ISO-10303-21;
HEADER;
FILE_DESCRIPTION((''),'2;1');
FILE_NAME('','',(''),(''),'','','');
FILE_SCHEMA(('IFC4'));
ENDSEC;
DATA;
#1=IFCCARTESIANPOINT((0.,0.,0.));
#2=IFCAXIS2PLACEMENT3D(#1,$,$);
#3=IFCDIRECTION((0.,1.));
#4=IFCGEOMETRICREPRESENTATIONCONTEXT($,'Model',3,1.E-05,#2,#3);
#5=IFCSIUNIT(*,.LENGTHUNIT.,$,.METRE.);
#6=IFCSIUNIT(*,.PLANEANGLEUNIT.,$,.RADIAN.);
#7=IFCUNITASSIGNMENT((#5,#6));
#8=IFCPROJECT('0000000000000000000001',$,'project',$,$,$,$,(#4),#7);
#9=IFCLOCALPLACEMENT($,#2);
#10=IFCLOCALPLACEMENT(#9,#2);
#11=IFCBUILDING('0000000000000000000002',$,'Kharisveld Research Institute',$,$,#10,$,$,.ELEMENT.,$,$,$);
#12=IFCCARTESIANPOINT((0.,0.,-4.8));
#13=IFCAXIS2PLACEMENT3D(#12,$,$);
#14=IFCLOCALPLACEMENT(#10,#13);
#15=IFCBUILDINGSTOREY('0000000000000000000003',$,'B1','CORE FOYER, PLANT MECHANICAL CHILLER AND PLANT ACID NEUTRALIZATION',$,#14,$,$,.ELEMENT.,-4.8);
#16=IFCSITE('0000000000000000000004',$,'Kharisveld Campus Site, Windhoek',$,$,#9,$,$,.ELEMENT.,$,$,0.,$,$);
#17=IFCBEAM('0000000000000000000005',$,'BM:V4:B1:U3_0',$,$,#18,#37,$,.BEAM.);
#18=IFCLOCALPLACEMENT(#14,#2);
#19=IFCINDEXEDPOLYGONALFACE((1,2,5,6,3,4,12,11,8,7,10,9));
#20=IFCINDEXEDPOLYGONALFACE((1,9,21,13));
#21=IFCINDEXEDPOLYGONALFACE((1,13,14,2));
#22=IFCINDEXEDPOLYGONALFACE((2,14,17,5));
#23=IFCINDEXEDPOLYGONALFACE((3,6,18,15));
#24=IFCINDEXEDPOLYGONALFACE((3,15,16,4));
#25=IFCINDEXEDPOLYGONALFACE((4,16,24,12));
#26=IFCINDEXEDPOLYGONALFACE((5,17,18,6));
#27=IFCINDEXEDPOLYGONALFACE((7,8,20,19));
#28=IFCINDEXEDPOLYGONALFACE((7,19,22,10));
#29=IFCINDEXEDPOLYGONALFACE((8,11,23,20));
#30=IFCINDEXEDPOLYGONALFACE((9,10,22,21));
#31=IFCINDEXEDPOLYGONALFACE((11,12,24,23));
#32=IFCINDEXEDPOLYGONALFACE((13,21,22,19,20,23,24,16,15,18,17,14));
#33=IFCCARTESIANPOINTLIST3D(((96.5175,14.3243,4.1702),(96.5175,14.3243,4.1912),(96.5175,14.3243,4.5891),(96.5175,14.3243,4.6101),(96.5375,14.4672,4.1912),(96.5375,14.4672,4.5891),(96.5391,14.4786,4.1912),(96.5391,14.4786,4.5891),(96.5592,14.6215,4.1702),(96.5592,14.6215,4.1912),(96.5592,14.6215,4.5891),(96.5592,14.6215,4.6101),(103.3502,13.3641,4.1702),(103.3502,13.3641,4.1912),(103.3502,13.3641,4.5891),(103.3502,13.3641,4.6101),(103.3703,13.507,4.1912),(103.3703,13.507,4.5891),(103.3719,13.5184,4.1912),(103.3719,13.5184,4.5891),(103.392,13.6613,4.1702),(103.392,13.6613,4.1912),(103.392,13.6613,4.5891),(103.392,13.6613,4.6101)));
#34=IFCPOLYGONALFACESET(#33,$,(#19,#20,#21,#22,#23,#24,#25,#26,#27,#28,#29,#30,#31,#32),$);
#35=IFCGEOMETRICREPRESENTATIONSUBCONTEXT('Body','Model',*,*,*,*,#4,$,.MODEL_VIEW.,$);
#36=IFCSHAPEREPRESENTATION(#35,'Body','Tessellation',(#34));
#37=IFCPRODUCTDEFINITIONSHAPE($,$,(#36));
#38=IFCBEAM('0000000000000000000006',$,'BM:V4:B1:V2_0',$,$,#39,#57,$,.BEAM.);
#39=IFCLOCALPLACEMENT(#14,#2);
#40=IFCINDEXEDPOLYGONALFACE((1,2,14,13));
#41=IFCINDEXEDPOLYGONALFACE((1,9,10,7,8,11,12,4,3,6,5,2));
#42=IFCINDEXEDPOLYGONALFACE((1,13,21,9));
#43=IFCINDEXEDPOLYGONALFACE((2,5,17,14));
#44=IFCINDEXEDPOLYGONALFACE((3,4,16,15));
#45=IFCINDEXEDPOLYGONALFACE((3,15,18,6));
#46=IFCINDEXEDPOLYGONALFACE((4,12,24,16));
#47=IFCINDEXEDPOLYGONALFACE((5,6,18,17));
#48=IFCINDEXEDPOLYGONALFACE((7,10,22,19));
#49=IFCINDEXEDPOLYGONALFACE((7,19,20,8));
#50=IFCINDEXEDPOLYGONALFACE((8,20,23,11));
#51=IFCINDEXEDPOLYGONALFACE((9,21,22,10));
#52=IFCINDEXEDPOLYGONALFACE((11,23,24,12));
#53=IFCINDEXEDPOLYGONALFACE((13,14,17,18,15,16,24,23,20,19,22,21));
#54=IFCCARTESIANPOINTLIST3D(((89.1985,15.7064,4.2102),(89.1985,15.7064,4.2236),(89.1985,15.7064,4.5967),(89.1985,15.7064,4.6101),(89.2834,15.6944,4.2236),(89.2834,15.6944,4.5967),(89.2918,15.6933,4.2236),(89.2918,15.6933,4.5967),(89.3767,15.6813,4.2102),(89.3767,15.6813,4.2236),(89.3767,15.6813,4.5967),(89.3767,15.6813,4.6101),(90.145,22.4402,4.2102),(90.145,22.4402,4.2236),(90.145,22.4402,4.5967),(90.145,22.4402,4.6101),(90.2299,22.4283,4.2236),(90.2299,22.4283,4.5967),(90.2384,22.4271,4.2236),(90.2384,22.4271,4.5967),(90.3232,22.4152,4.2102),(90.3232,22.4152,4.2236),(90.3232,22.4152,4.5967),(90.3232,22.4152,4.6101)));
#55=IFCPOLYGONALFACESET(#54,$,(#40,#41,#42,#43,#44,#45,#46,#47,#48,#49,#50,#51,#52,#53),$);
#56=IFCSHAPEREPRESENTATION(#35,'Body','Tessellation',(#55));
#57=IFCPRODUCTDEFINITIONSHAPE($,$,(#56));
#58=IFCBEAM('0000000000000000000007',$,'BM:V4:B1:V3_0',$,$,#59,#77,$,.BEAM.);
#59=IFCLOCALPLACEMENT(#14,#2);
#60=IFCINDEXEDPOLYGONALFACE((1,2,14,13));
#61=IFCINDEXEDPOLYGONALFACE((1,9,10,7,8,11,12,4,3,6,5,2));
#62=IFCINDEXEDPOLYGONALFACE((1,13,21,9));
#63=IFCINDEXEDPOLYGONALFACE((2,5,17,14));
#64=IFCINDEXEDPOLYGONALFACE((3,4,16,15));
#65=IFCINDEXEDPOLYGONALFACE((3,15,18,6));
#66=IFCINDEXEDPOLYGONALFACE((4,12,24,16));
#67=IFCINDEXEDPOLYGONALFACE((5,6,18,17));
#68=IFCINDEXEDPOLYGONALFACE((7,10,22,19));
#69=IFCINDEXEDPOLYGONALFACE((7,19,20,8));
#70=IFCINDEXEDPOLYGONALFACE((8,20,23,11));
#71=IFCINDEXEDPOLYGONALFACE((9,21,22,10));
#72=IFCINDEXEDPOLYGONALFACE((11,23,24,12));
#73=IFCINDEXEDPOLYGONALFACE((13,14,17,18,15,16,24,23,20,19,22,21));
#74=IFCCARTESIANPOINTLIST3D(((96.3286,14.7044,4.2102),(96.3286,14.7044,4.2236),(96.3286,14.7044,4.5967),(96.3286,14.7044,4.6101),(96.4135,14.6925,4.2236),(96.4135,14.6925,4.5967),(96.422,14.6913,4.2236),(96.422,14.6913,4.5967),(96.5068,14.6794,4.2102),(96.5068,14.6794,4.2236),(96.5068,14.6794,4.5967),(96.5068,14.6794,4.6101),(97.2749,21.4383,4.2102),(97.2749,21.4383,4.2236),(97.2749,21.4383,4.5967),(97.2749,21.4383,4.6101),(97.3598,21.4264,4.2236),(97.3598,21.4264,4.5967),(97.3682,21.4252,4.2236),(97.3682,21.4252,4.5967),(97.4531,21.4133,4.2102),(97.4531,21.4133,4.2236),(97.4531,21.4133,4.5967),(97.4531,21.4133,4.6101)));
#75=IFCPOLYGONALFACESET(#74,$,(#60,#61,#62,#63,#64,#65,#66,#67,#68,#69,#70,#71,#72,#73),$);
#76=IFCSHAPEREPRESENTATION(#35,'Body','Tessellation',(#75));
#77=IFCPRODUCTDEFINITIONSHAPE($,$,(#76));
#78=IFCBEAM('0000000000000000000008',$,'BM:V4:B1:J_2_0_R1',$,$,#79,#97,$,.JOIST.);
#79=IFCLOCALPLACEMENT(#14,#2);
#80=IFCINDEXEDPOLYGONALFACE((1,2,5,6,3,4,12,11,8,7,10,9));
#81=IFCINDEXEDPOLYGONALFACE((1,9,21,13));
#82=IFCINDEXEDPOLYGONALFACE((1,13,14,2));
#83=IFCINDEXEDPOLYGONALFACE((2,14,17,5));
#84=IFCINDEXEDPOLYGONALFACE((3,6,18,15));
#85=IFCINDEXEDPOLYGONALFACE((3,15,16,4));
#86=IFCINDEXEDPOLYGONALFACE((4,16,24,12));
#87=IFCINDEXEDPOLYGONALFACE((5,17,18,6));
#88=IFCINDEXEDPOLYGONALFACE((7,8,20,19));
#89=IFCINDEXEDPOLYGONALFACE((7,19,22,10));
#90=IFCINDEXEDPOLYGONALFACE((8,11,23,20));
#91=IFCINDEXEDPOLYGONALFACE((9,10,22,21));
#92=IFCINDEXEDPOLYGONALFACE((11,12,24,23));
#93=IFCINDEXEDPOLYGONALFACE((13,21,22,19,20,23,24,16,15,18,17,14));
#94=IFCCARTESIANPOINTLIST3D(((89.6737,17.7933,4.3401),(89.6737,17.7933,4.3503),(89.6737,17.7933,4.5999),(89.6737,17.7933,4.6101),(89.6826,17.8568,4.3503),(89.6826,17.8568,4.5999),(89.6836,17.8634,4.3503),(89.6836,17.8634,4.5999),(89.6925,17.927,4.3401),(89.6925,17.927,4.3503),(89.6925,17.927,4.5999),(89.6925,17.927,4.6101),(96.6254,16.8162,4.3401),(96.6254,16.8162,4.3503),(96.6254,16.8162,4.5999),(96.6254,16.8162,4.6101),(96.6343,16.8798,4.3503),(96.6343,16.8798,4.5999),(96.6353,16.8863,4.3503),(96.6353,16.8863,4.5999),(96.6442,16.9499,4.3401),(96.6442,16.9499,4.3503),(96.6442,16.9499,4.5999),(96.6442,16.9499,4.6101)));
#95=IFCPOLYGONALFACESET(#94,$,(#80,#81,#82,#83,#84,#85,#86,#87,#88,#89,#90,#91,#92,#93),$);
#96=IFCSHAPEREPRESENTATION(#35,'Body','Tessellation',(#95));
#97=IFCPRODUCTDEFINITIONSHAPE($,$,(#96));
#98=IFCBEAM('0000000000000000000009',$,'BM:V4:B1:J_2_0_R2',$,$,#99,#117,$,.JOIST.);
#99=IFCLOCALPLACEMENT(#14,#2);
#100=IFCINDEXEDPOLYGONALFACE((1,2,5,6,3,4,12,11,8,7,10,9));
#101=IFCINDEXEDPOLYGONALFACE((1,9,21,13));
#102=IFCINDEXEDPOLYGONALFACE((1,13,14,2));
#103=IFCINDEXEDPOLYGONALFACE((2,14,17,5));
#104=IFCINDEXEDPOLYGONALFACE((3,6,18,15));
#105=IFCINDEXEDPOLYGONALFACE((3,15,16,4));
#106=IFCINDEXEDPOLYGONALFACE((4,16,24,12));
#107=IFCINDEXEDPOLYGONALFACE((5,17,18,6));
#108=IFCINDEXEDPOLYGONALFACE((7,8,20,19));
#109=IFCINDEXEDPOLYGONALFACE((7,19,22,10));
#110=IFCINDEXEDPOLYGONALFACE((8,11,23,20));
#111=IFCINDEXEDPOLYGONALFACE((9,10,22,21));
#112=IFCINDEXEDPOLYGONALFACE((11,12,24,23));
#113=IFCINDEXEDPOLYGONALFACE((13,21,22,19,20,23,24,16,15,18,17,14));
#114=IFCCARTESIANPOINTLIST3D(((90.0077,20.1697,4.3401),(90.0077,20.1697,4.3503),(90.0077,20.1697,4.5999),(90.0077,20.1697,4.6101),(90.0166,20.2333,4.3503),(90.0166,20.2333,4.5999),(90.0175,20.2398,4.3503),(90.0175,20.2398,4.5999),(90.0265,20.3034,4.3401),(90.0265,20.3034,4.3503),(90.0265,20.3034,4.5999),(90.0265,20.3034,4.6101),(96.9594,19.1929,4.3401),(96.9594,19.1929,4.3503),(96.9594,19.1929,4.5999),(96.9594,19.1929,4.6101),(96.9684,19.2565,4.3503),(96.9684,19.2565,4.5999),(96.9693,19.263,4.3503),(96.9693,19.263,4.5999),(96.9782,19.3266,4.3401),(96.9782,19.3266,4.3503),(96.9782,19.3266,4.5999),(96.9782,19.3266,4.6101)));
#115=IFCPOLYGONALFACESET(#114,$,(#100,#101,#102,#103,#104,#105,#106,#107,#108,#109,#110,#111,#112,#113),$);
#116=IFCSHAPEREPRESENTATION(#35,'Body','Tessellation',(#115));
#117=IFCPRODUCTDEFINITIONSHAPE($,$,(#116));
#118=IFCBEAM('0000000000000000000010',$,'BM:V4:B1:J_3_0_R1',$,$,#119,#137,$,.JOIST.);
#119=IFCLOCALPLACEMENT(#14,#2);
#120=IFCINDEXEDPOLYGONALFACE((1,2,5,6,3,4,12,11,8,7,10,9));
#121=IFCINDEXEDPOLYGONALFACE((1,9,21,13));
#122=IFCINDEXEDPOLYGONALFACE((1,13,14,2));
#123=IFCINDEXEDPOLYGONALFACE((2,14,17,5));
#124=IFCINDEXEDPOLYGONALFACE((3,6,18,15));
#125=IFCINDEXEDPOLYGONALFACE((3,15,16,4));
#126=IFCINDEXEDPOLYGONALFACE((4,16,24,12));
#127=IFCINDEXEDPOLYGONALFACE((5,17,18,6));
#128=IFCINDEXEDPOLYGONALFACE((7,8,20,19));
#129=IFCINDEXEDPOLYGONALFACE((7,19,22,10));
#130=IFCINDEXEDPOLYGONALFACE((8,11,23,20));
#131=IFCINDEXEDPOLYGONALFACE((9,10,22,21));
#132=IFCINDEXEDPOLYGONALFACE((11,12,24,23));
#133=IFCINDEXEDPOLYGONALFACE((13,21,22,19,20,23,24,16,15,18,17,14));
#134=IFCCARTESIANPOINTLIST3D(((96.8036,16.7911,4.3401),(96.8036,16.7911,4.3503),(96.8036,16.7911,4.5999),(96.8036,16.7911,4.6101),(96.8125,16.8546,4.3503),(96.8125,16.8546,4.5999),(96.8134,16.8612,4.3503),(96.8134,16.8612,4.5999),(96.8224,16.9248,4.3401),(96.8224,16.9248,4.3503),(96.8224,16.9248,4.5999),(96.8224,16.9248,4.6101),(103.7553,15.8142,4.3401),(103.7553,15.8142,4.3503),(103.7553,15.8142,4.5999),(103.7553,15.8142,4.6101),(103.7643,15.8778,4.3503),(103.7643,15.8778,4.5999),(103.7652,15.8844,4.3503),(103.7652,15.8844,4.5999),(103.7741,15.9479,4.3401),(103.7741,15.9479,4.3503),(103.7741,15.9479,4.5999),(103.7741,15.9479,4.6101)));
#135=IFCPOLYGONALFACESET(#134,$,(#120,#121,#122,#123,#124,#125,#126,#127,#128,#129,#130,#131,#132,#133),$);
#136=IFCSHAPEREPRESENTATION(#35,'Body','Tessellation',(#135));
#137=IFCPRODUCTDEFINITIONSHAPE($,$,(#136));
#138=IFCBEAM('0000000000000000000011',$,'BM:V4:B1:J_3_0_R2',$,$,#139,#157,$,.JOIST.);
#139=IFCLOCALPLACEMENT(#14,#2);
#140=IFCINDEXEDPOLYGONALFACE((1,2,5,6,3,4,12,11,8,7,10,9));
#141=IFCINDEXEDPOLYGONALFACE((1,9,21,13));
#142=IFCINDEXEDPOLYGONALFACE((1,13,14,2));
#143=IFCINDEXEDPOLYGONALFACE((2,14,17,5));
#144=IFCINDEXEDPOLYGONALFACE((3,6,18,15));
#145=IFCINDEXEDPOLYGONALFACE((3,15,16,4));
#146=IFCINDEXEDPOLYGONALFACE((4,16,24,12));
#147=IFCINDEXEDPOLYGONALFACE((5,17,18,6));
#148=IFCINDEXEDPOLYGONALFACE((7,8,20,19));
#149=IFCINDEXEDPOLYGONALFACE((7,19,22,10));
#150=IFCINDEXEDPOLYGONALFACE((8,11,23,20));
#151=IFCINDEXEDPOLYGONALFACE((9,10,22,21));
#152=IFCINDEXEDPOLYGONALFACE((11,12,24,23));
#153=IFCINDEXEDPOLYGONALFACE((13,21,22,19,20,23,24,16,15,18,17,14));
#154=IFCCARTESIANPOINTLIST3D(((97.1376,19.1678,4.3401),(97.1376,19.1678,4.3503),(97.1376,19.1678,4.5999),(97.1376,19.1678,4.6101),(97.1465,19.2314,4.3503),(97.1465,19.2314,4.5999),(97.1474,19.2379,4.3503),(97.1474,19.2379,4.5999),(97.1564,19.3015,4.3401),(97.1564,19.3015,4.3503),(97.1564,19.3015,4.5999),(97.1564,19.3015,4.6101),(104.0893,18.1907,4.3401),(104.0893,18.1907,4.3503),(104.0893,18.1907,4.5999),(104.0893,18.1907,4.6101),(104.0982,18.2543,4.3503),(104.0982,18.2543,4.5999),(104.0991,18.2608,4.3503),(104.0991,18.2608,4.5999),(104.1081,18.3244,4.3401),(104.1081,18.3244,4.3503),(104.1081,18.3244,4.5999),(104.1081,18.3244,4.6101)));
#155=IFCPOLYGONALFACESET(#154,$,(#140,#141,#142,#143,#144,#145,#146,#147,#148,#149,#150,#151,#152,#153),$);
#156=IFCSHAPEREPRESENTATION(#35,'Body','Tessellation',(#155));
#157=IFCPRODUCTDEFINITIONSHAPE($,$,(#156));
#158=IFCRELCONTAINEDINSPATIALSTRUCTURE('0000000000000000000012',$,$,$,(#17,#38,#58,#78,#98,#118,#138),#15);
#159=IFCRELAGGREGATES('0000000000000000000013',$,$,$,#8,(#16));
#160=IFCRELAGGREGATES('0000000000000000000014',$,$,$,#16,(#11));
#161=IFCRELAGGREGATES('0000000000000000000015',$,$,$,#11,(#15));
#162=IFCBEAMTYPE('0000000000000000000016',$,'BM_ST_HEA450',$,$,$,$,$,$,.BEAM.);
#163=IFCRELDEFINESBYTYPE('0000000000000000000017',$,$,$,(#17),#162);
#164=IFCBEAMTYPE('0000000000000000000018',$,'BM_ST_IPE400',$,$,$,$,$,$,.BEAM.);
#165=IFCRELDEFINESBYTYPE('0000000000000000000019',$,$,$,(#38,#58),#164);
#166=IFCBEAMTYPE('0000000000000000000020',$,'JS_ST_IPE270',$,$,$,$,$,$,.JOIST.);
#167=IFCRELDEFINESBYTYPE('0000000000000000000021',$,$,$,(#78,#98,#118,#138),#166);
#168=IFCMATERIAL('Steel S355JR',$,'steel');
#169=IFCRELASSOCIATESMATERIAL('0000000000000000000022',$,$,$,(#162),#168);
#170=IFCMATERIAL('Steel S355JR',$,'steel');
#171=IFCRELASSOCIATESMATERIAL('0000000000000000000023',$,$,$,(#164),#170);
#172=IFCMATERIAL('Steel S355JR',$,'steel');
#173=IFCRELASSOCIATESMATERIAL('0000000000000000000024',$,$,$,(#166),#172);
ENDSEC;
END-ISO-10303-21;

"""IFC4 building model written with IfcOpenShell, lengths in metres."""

from ifc_helpers import new_model, si_unit, direction, frame, origin, origin_2d, place, context, subcontext, project, spatial, i_section, extrude, material, material_profile, profile_set, type_object, element, save


model = new_model("IFC4")

# Units and contexts
model_context = context("Model", 3, precision=1e-05, world=origin(), true_north=direction((0.0, 1.0)))
body_context = subcontext(model_context, "Body", "Model", "MODEL_VIEW")
ifc_project = project(units=[si_unit("LENGTHUNIT", "METRE"), si_unit("PLANEANGLEUNIT", "RADIAN")], contexts=[model_context])

# Site, building, storey
site_placement = place(None, origin())
site = spatial("IfcSite", under=ifc_project, at=site_placement, Name="Kharisveld Campus Site, Windhoek", CompositionType="ELEMENT", RefElevation=0.0)
building_placement = place(site_placement, origin())
building = spatial("IfcBuilding", under=site, at=building_placement, Name="Kharisveld Research Institute", CompositionType="ELEMENT")
storey_placement = place(building_placement, frame((0.0, 0.0, -4.8)))
storey = spatial("IfcBuildingStorey", under=building, at=storey_placement, Name="B1", Description="CORE FOYER, PLANT MECHANICAL CHILLER AND PLANT ACID NEUTRALIZATION", CompositionType="ELEMENT", Elevation=-4.8)

# Beams
ifc_material_1 = material(Name="Steel S355JR", Category="steel")
ifc_material_profile_1 = material_profile(ifc_material_1, i_section(OverallWidth=0.3, OverallDepth=0.4399, WebThickness=0.0115, FlangeThickness=0.021, at=origin_2d()))
ifc_profile_set_1 = profile_set([ifc_material_profile_1], Name="Steel S355JR")
beam_type_1 = type_object("IfcBeamType", Name="BM_ST_HEA450", PredefinedType="BEAM", material=ifc_profile_set_1)
for number, where, z_axis, x_axis, name in (
    (1, (96.5383, 14.4729, 4.3901), (0.99027, -0.139162, 0.0), (0.139162, 0.99027, 0.0), "BM:V4:B1:U3_0"),
):
    element("IfcBeam", number, at=place(storey_placement, frame(where, z_axis=z_axis, x_axis=x_axis)), inside=storey, type_object=beam_type_1, Name=name, PredefinedType="BEAM", context=body_context, shape_type="SweptSolid", body=[
        extrude(i_section(OverallWidth=0.3, OverallDepth=0.4399, WebThickness=0.0115, FlangeThickness=0.021, at=origin_2d()), origin(), (0.0, 0.0, 1.0), 6.8999),
    ])
ifc_material_2 = material(Name="Steel S355JR", Category="steel")
ifc_material_profile_2 = material_profile(ifc_material_2, i_section(OverallWidth=0.1799, OverallDepth=0.3999, WebThickness=0.0085, FlangeThickness=0.0134, at=origin_2d()))
ifc_profile_set_2 = profile_set([ifc_material_profile_2], Name="Steel S355JR")
beam_type_2 = type_object("IfcBeamType", Name="BM_ST_IPE400", PredefinedType="BEAM", material=ifc_profile_set_2)
for number, where, z_axis, x_axis, name in (
    (2, (89.2876, 15.6938, 4.4102), (0.139194, 0.990265, 0.0), (-0.990265, 0.139194, 0.0), "BM:V4:B1:V2_0"),
    (3, (96.4177, 14.6919, 4.4102), (0.139159, 0.99027, 0.0), (-0.99027, 0.139159, 0.0), "BM:V4:B1:V3_0"),
):
    element("IfcBeam", number, at=place(storey_placement, frame(where, z_axis=z_axis, x_axis=x_axis)), inside=storey, type_object=beam_type_2, Name=name, PredefinedType="BEAM", context=body_context, shape_type="SweptSolid", body=[
        extrude(i_section(OverallWidth=0.1799, OverallDepth=0.3999, WebThickness=0.0085, FlangeThickness=0.0134, at=origin_2d()), origin(), (0.0, 0.0, 1.0), 6.8),
    ])
ifc_material_3 = material(Name="Steel S355JR", Category="steel")
ifc_material_profile_3 = material_profile(ifc_material_3, i_section(OverallWidth=0.135, OverallDepth=0.27, WebThickness=0.0066, FlangeThickness=0.0103, at=origin_2d()))
ifc_profile_set_3 = profile_set([ifc_material_profile_3], Name="Steel S355JR")
beam_type_3 = type_object("IfcBeamType", Name="JS_ST_IPE270", PredefinedType="JOIST", material=ifc_profile_set_3)
for number, where, z_axis, x_axis, name in (
    (4, (89.6831, 17.8601, 4.4751), (0.990267, -0.139181, 0.0), (0.139181, 0.990267, 0.0), "BM:V4:B1:J_2_0_R1"),
    (5, (90.0171, 20.2366, 4.4751), (0.990272, -0.139147, 0.0), (0.139147, 0.990272, 0.0), "BM:V4:B1:J_2_0_R2"),
    (6, (96.813, 16.8579, 4.4751), (0.990272, -0.139147, 0.0), (0.139147, 0.990272, 0.0), "BM:V4:B1:J_3_0_R1"),
    (7, (97.147, 19.2346, 4.4751), (0.990267, -0.139181, 0.0), (0.139181, 0.990267, 0.0), "BM:V4:B1:J_3_0_R2"),
):
    element("IfcBeam", number, at=place(storey_placement, frame(where, z_axis=z_axis, x_axis=x_axis)), inside=storey, type_object=beam_type_3, Name=name, PredefinedType="JOIST", context=body_context, shape_type="SweptSolid", body=[
        extrude(i_section(OverallWidth=0.135, OverallDepth=0.27, WebThickness=0.0066, FlangeThickness=0.0103, at=origin_2d()), origin(), (0.0, 0.0, 1.0), 7.02),
    ])

save(model, "model.ifc")
